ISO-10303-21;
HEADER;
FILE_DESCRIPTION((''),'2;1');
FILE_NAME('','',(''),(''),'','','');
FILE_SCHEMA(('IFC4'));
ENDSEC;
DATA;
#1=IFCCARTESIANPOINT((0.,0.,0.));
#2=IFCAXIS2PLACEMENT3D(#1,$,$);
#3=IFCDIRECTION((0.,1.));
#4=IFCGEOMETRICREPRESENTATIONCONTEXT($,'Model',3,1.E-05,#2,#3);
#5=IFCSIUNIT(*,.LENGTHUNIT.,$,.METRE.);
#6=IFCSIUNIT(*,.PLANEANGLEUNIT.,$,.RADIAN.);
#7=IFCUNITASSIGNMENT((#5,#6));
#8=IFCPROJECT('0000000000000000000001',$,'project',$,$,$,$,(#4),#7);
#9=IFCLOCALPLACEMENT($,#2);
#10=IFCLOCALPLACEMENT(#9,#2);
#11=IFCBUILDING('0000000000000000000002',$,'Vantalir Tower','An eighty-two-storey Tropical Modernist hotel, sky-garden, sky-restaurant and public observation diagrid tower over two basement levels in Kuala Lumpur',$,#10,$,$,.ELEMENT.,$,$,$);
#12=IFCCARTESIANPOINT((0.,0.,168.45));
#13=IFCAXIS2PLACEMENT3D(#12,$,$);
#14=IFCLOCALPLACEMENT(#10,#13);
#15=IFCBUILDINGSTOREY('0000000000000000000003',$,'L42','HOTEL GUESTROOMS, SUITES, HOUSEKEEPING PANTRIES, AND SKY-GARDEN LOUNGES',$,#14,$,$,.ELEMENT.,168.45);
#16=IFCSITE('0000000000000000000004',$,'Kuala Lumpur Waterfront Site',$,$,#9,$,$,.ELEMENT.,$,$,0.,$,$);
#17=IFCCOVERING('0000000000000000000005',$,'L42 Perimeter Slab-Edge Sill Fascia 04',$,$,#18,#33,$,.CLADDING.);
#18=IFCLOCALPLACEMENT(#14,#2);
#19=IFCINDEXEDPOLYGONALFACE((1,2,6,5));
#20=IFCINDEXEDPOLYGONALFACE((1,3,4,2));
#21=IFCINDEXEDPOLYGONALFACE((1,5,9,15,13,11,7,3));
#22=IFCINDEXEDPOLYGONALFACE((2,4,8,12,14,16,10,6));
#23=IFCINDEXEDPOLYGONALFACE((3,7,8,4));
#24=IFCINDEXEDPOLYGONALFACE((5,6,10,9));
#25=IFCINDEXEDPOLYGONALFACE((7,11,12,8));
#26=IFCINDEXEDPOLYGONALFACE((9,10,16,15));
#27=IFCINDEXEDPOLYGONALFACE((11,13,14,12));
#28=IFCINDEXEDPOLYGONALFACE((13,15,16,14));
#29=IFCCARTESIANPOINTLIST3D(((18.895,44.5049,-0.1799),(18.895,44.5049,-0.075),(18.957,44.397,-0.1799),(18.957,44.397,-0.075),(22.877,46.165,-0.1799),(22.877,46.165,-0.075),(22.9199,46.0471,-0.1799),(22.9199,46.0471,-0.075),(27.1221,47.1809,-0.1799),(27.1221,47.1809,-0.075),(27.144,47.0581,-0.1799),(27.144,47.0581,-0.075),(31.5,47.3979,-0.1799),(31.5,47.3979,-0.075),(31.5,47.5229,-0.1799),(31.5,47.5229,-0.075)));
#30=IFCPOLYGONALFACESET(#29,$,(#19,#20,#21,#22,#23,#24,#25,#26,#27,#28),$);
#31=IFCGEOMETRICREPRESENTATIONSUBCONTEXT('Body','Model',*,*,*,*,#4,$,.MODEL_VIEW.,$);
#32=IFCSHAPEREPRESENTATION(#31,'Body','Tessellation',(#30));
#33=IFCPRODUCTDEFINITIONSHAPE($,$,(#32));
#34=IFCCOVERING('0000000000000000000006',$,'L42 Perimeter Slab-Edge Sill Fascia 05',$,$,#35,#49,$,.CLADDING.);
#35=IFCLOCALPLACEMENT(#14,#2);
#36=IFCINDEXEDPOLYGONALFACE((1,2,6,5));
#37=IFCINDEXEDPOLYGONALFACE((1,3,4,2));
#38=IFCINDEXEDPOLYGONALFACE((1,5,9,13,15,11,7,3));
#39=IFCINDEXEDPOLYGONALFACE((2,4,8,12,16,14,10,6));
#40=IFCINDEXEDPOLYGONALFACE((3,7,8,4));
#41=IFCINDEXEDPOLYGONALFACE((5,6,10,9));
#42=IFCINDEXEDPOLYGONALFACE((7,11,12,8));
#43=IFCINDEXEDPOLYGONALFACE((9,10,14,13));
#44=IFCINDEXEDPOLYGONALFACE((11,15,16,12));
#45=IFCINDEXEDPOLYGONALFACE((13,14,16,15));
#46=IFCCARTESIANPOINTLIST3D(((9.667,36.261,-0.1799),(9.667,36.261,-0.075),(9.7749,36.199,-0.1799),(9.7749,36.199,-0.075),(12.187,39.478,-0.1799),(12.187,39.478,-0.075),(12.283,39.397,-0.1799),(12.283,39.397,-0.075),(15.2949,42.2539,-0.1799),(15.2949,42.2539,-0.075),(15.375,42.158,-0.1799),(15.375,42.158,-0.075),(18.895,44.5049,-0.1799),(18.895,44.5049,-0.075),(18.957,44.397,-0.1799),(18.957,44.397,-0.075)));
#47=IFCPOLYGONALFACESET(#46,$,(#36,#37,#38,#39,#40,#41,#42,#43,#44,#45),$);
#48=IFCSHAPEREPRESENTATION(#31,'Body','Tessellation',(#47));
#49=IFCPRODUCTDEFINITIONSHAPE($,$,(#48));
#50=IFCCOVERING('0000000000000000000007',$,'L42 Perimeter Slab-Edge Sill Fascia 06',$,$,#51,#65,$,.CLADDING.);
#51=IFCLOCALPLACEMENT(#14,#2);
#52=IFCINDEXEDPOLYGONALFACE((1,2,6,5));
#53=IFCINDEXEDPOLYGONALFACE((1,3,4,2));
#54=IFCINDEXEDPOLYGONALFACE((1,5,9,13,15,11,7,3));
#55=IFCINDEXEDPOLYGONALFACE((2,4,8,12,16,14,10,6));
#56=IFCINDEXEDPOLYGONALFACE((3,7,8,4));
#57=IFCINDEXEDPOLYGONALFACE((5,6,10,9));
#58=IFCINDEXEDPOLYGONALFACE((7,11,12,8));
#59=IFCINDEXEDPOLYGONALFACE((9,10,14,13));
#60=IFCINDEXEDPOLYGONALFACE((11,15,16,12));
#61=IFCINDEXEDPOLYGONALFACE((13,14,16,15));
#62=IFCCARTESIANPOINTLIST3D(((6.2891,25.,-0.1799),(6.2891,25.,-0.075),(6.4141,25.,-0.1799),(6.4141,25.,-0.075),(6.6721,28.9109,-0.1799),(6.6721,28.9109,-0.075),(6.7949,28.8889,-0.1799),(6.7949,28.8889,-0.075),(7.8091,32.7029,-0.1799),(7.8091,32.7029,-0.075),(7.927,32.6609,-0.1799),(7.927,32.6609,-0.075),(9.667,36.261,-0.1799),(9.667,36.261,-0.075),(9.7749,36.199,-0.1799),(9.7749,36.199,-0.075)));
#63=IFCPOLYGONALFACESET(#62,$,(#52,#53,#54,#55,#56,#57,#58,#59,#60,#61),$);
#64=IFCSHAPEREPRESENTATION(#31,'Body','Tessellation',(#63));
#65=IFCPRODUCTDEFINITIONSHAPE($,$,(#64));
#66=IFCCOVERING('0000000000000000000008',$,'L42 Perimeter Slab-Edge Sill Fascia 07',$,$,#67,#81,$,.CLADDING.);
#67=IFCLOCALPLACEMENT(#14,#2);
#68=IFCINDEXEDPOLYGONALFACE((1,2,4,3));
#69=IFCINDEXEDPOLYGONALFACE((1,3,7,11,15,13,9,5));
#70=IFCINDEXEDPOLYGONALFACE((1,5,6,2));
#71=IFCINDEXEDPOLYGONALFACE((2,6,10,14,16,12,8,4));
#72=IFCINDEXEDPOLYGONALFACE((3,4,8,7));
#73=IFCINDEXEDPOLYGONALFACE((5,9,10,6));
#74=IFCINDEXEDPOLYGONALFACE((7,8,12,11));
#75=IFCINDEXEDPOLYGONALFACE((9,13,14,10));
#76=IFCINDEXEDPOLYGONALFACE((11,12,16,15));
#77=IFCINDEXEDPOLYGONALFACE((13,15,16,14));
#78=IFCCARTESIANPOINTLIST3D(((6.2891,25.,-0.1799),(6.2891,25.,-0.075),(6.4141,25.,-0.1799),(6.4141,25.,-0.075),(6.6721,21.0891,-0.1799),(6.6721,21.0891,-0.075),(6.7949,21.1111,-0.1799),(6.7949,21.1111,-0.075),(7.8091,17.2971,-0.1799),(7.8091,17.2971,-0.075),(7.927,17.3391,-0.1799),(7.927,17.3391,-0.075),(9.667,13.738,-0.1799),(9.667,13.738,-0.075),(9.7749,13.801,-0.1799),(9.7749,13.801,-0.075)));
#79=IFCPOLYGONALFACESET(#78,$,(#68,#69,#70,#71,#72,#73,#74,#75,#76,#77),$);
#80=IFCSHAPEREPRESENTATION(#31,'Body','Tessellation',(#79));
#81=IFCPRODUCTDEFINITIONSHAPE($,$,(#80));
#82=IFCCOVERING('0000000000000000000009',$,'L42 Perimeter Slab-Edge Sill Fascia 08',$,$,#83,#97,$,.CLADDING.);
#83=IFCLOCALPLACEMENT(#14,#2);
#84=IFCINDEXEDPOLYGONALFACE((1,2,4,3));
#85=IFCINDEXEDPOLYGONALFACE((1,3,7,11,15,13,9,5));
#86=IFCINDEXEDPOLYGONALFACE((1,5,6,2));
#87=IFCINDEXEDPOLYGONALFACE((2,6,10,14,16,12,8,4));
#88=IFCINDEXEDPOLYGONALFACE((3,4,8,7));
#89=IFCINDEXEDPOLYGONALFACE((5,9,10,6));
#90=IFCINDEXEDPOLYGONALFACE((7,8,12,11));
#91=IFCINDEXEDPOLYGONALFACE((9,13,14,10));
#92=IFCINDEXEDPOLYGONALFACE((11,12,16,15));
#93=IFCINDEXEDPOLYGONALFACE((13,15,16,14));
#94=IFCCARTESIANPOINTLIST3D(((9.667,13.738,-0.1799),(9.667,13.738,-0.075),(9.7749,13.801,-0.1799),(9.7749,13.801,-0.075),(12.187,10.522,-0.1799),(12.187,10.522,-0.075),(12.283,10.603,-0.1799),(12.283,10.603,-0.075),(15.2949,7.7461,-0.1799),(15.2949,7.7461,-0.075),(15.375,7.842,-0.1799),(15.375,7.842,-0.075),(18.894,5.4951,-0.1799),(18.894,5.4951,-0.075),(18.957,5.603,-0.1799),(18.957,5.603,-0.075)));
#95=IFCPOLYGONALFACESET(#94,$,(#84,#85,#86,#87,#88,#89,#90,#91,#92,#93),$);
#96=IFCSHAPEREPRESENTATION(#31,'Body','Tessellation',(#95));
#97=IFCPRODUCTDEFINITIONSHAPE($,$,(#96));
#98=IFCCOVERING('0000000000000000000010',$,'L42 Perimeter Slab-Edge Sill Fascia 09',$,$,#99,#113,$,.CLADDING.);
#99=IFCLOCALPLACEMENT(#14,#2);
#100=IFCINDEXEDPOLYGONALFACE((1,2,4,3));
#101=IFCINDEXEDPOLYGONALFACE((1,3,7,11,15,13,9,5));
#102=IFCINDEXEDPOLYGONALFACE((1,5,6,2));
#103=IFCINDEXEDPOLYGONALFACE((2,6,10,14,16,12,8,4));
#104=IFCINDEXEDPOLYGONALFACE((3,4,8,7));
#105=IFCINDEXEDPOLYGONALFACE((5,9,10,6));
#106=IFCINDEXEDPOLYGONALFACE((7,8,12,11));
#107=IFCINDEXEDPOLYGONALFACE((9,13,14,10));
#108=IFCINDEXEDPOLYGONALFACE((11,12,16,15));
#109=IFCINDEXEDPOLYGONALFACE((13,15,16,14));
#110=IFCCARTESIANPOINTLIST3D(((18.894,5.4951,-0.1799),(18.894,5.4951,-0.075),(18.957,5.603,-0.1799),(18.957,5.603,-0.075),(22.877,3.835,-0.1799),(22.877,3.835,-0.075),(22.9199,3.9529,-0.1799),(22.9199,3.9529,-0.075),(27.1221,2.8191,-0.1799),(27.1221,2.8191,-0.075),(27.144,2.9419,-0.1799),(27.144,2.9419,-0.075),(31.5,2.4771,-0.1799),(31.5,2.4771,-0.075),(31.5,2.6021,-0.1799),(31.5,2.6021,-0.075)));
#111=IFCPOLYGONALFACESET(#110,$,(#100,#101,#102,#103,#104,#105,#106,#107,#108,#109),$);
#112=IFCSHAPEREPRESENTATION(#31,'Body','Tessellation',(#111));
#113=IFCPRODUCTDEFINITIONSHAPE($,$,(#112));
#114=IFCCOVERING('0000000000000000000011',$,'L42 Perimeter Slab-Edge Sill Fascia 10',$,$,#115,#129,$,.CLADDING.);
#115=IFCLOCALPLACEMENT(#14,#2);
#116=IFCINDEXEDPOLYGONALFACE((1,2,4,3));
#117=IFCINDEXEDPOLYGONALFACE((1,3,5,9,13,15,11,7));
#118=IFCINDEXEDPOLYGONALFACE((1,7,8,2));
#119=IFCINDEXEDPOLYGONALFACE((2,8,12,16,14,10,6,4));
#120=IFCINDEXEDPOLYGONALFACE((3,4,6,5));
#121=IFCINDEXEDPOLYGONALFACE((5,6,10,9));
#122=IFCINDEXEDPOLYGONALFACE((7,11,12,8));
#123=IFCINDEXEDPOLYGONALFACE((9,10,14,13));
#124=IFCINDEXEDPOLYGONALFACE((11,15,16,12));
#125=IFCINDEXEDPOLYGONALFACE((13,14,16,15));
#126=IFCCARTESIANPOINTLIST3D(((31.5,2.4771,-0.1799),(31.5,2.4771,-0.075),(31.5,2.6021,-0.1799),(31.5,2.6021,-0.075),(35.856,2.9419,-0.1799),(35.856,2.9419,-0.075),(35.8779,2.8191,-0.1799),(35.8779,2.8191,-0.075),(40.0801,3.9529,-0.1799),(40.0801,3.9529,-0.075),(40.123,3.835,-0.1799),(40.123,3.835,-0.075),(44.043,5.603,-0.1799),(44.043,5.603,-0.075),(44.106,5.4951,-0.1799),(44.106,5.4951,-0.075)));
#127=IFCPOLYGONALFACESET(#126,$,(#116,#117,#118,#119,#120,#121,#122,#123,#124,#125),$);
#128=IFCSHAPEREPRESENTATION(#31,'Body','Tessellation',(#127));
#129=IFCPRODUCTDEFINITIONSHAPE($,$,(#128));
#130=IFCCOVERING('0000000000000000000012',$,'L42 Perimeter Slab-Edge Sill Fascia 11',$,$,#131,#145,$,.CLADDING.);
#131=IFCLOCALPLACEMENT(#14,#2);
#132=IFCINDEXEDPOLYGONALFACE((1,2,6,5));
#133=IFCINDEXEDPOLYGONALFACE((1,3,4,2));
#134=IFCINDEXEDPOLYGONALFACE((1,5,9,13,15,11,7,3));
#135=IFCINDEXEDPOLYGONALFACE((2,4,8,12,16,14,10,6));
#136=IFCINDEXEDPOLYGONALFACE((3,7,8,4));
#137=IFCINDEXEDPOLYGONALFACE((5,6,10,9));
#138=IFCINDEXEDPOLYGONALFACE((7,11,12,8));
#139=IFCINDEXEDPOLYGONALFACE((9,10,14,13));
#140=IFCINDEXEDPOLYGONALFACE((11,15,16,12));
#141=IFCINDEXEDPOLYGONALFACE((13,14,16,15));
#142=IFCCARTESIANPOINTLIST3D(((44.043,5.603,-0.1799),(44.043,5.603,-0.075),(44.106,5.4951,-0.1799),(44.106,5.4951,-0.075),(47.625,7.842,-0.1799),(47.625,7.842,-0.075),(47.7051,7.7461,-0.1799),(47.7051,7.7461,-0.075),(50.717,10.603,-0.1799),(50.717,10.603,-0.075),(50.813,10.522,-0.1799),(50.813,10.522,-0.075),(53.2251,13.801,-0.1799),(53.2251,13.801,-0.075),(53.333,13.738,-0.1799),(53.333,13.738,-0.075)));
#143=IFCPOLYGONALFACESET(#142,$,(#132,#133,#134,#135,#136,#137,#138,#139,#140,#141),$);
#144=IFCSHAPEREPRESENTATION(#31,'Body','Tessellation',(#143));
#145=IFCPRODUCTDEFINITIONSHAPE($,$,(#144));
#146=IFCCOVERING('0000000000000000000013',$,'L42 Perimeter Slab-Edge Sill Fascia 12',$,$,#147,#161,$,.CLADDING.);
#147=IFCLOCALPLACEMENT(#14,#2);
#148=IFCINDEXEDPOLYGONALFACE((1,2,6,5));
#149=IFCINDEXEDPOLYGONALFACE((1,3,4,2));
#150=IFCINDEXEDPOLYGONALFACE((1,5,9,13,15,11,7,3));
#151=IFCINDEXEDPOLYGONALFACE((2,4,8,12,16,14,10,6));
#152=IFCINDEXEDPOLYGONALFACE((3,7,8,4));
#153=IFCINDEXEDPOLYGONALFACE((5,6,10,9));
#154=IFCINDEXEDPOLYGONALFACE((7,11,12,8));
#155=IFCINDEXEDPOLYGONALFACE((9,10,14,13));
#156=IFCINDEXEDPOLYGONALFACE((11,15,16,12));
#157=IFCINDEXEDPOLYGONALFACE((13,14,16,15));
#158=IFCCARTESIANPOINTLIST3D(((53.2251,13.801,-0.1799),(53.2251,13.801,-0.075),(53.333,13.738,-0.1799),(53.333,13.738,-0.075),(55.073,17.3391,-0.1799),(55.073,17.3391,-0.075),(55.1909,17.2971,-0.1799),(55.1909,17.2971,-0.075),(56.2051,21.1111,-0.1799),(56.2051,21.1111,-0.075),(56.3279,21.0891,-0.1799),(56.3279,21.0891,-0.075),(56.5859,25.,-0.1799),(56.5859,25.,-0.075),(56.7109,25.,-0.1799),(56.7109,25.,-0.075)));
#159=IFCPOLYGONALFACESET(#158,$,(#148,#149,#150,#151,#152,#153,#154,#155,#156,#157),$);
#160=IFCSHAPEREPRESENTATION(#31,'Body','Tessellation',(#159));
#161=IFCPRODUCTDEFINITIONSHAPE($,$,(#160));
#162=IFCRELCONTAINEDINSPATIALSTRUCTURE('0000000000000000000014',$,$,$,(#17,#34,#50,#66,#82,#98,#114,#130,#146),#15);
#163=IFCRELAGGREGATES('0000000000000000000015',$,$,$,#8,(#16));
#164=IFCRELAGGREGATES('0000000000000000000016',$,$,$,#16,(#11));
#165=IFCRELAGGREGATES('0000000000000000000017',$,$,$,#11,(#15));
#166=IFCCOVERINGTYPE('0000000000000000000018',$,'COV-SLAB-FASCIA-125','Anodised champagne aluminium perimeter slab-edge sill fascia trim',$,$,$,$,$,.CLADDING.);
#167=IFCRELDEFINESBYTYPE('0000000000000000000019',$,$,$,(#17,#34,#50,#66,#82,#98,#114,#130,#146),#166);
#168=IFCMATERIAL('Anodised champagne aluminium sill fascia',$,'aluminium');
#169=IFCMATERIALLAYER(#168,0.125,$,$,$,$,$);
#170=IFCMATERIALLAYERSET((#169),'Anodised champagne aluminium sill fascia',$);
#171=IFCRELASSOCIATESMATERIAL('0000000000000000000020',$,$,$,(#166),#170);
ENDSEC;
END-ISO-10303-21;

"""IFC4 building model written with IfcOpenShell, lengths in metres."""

from ifc_helpers import new_model, si_unit, direction, frame, origin, place, context, subcontext, project, spatial, polyline, outline, extrude, material, layer, layer_set, type_object, element, save


model = new_model("IFC4")

# Units and contexts
model_context = context("Model", 3, precision=1e-05, world=origin(), true_north=direction((0.0, 1.0)))
body_context = subcontext(model_context, "Body", "Model", "MODEL_VIEW")
ifc_project = project(units=[si_unit("LENGTHUNIT", "METRE"), si_unit("PLANEANGLEUNIT", "RADIAN")], contexts=[model_context])

# Site, building, storey
site_placement = place(None, origin())
site = spatial("IfcSite", under=ifc_project, at=site_placement, Name="Kuala Lumpur Waterfront Site", CompositionType="ELEMENT", RefElevation=0.0)
building_placement = place(site_placement, origin())
building = spatial("IfcBuilding", under=site, at=building_placement, Name="Vantalir Tower", Description="An eighty-two-storey Tropical Modernist hotel, sky-garden, sky-restaurant and public observation diagrid tower over two basement levels in Kuala Lumpur", CompositionType="ELEMENT")
storey_placement = place(building_placement, frame((0.0, 0.0, 168.45)))
storey = spatial("IfcBuildingStorey", under=building, at=storey_placement, Name="L42", Description="HOTEL GUESTROOMS, SUITES, HOUSEKEEPING PANTRIES, AND SKY-GARDEN LOUNGES", CompositionType="ELEMENT", Elevation=168.45)

# Coverings
ifc_material_1 = material(Name="Anodised champagne aluminium sill fascia", Category="aluminium")
ifc_layer_1 = layer(ifc_material_1, 0.125)
ifc_layer_set_1 = layer_set([ifc_layer_1], Name="Anodised champagne aluminium sill fascia")
covering_type = type_object("IfcCoveringType", Name="COV-SLAB-FASCIA-125", Description="Anodised champagne aluminium perimeter slab-edge sill fascia trim", PredefinedType="CLADDING", material=ifc_layer_set_1)
covering_1_placement = place(storey_placement, frame((0.0, 0.0, -0.1799)))
element("IfcCovering", 1, at=covering_1_placement, inside=storey, type_object=covering_type, Name="L42 Perimeter Slab-Edge Sill Fascia 04", PredefinedType="CLADDING", context=body_context, shape_type="SweptSolid", body=[
    extrude(outline(polyline([(31.5, 47.5229), (27.1221, 47.1809), (22.877, 46.165), (18.895, 44.5049), (18.957, 44.397), (22.9199, 46.0471), (27.144, 47.0581), (31.5, 47.3979), (31.5, 47.5229)])), origin(), (0.0, 0.0, 1.0), 0.105),
])
covering_2_placement = place(storey_placement, frame((0.0, 0.0, -0.1799)))
element("IfcCovering", 2, at=covering_2_placement, inside=storey, type_object=covering_type, Name="L42 Perimeter Slab-Edge Sill Fascia 05", PredefinedType="CLADDING", context=body_context, shape_type="SweptSolid", body=[
    extrude(outline(polyline([(18.895, 44.5049), (15.2949, 42.2539), (12.187, 39.478), (9.667, 36.261), (9.7749, 36.199), (12.283, 39.397), (15.375, 42.158), (18.957, 44.397), (18.895, 44.5049)])), origin(), (0.0, 0.0, 1.0), 0.105),
])
covering_3_placement = place(storey_placement, frame((0.0, 0.0, -0.1799)))
element("IfcCovering", 3, at=covering_3_placement, inside=storey, type_object=covering_type, Name="L42 Perimeter Slab-Edge Sill Fascia 06", PredefinedType="CLADDING", context=body_context, shape_type="SweptSolid", body=[
    extrude(outline(polyline([(9.667, 36.261), (7.8091, 32.7029), (6.6721, 28.9109), (6.2891, 25.0), (6.4141, 25.0), (6.7949, 28.8889), (7.927, 32.6609), (9.7749, 36.199), (9.667, 36.261)])), origin(), (0.0, 0.0, 1.0), 0.105),
])
covering_4_placement = place(storey_placement, frame((0.0, 0.0, -0.1799)))
element("IfcCovering", 4, at=covering_4_placement, inside=storey, type_object=covering_type, Name="L42 Perimeter Slab-Edge Sill Fascia 07", PredefinedType="CLADDING", context=body_context, shape_type="SweptSolid", body=[
    extrude(outline(polyline([(6.2891, 25.0), (6.6721, 21.0891), (7.8091, 17.2971), (9.667, 13.738), (9.7749, 13.801), (7.927, 17.3391), (6.7949, 21.1111), (6.4141, 25.0), (6.2891, 25.0)])), origin(), (0.0, 0.0, 1.0), 0.105),
])
covering_5_placement = place(storey_placement, frame((0.0, 0.0, -0.1799)))
element("IfcCovering", 5, at=covering_5_placement, inside=storey, type_object=covering_type, Name="L42 Perimeter Slab-Edge Sill Fascia 08", PredefinedType="CLADDING", context=body_context, shape_type="SweptSolid", body=[
    extrude(outline(polyline([(9.667, 13.738), (12.187, 10.522), (15.2949, 7.7461), (18.894, 5.4951), (18.957, 5.603), (15.375, 7.842), (12.283, 10.603), (9.7749, 13.801), (9.667, 13.738)])), origin(), (0.0, 0.0, 1.0), 0.105),
])
covering_6_placement = place(storey_placement, frame((0.0, 0.0, -0.1799)))
element("IfcCovering", 6, at=covering_6_placement, inside=storey, type_object=covering_type, Name="L42 Perimeter Slab-Edge Sill Fascia 09", PredefinedType="CLADDING", context=body_context, shape_type="SweptSolid", body=[
    extrude(outline(polyline([(18.894, 5.4951), (22.877, 3.835), (27.1221, 2.8191), (31.5, 2.4771), (31.5, 2.6021), (27.144, 2.9419), (22.9199, 3.9529), (18.957, 5.603), (18.894, 5.4951)])), origin(), (0.0, 0.0, 1.0), 0.105),
])
covering_7_placement = place(storey_placement, frame((0.0, 0.0, -0.1799)))
element("IfcCovering", 7, at=covering_7_placement, inside=storey, type_object=covering_type, Name="L42 Perimeter Slab-Edge Sill Fascia 10", PredefinedType="CLADDING", context=body_context, shape_type="SweptSolid", body=[
    extrude(outline(polyline([(31.5, 2.4771), (35.8779, 2.8191), (40.123, 3.835), (44.106, 5.4951), (44.043, 5.603), (40.0801, 3.9529), (35.856, 2.9419), (31.5, 2.6021), (31.5, 2.4771)])), origin(), (0.0, 0.0, 1.0), 0.105),
])
covering_8_placement = place(storey_placement, frame((0.0, 0.0, -0.1799)))
element("IfcCovering", 8, at=covering_8_placement, inside=storey, type_object=covering_type, Name="L42 Perimeter Slab-Edge Sill Fascia 11", PredefinedType="CLADDING", context=body_context, shape_type="SweptSolid", body=[
    extrude(outline(polyline([(44.106, 5.4951), (47.7051, 7.7461), (50.813, 10.522), (53.333, 13.738), (53.2251, 13.801), (50.717, 10.603), (47.625, 7.842), (44.043, 5.603), (44.106, 5.4951)])), origin(), (0.0, 0.0, 1.0), 0.105),
])
covering_9_placement = place(storey_placement, frame((0.0, 0.0, -0.1799)))
element("IfcCovering", 9, at=covering_9_placement, inside=storey, type_object=covering_type, Name="L42 Perimeter Slab-Edge Sill Fascia 12", PredefinedType="CLADDING", context=body_context, shape_type="SweptSolid", body=[
    extrude(outline(polyline([(53.333, 13.738), (55.1909, 17.2971), (56.3279, 21.0891), (56.7109, 25.0), (56.5859, 25.0), (56.2051, 21.1111), (55.073, 17.3391), (53.2251, 13.801), (53.333, 13.738)])), origin(), (0.0, 0.0, 1.0), 0.105),
])

save(model, "model.ifc")
